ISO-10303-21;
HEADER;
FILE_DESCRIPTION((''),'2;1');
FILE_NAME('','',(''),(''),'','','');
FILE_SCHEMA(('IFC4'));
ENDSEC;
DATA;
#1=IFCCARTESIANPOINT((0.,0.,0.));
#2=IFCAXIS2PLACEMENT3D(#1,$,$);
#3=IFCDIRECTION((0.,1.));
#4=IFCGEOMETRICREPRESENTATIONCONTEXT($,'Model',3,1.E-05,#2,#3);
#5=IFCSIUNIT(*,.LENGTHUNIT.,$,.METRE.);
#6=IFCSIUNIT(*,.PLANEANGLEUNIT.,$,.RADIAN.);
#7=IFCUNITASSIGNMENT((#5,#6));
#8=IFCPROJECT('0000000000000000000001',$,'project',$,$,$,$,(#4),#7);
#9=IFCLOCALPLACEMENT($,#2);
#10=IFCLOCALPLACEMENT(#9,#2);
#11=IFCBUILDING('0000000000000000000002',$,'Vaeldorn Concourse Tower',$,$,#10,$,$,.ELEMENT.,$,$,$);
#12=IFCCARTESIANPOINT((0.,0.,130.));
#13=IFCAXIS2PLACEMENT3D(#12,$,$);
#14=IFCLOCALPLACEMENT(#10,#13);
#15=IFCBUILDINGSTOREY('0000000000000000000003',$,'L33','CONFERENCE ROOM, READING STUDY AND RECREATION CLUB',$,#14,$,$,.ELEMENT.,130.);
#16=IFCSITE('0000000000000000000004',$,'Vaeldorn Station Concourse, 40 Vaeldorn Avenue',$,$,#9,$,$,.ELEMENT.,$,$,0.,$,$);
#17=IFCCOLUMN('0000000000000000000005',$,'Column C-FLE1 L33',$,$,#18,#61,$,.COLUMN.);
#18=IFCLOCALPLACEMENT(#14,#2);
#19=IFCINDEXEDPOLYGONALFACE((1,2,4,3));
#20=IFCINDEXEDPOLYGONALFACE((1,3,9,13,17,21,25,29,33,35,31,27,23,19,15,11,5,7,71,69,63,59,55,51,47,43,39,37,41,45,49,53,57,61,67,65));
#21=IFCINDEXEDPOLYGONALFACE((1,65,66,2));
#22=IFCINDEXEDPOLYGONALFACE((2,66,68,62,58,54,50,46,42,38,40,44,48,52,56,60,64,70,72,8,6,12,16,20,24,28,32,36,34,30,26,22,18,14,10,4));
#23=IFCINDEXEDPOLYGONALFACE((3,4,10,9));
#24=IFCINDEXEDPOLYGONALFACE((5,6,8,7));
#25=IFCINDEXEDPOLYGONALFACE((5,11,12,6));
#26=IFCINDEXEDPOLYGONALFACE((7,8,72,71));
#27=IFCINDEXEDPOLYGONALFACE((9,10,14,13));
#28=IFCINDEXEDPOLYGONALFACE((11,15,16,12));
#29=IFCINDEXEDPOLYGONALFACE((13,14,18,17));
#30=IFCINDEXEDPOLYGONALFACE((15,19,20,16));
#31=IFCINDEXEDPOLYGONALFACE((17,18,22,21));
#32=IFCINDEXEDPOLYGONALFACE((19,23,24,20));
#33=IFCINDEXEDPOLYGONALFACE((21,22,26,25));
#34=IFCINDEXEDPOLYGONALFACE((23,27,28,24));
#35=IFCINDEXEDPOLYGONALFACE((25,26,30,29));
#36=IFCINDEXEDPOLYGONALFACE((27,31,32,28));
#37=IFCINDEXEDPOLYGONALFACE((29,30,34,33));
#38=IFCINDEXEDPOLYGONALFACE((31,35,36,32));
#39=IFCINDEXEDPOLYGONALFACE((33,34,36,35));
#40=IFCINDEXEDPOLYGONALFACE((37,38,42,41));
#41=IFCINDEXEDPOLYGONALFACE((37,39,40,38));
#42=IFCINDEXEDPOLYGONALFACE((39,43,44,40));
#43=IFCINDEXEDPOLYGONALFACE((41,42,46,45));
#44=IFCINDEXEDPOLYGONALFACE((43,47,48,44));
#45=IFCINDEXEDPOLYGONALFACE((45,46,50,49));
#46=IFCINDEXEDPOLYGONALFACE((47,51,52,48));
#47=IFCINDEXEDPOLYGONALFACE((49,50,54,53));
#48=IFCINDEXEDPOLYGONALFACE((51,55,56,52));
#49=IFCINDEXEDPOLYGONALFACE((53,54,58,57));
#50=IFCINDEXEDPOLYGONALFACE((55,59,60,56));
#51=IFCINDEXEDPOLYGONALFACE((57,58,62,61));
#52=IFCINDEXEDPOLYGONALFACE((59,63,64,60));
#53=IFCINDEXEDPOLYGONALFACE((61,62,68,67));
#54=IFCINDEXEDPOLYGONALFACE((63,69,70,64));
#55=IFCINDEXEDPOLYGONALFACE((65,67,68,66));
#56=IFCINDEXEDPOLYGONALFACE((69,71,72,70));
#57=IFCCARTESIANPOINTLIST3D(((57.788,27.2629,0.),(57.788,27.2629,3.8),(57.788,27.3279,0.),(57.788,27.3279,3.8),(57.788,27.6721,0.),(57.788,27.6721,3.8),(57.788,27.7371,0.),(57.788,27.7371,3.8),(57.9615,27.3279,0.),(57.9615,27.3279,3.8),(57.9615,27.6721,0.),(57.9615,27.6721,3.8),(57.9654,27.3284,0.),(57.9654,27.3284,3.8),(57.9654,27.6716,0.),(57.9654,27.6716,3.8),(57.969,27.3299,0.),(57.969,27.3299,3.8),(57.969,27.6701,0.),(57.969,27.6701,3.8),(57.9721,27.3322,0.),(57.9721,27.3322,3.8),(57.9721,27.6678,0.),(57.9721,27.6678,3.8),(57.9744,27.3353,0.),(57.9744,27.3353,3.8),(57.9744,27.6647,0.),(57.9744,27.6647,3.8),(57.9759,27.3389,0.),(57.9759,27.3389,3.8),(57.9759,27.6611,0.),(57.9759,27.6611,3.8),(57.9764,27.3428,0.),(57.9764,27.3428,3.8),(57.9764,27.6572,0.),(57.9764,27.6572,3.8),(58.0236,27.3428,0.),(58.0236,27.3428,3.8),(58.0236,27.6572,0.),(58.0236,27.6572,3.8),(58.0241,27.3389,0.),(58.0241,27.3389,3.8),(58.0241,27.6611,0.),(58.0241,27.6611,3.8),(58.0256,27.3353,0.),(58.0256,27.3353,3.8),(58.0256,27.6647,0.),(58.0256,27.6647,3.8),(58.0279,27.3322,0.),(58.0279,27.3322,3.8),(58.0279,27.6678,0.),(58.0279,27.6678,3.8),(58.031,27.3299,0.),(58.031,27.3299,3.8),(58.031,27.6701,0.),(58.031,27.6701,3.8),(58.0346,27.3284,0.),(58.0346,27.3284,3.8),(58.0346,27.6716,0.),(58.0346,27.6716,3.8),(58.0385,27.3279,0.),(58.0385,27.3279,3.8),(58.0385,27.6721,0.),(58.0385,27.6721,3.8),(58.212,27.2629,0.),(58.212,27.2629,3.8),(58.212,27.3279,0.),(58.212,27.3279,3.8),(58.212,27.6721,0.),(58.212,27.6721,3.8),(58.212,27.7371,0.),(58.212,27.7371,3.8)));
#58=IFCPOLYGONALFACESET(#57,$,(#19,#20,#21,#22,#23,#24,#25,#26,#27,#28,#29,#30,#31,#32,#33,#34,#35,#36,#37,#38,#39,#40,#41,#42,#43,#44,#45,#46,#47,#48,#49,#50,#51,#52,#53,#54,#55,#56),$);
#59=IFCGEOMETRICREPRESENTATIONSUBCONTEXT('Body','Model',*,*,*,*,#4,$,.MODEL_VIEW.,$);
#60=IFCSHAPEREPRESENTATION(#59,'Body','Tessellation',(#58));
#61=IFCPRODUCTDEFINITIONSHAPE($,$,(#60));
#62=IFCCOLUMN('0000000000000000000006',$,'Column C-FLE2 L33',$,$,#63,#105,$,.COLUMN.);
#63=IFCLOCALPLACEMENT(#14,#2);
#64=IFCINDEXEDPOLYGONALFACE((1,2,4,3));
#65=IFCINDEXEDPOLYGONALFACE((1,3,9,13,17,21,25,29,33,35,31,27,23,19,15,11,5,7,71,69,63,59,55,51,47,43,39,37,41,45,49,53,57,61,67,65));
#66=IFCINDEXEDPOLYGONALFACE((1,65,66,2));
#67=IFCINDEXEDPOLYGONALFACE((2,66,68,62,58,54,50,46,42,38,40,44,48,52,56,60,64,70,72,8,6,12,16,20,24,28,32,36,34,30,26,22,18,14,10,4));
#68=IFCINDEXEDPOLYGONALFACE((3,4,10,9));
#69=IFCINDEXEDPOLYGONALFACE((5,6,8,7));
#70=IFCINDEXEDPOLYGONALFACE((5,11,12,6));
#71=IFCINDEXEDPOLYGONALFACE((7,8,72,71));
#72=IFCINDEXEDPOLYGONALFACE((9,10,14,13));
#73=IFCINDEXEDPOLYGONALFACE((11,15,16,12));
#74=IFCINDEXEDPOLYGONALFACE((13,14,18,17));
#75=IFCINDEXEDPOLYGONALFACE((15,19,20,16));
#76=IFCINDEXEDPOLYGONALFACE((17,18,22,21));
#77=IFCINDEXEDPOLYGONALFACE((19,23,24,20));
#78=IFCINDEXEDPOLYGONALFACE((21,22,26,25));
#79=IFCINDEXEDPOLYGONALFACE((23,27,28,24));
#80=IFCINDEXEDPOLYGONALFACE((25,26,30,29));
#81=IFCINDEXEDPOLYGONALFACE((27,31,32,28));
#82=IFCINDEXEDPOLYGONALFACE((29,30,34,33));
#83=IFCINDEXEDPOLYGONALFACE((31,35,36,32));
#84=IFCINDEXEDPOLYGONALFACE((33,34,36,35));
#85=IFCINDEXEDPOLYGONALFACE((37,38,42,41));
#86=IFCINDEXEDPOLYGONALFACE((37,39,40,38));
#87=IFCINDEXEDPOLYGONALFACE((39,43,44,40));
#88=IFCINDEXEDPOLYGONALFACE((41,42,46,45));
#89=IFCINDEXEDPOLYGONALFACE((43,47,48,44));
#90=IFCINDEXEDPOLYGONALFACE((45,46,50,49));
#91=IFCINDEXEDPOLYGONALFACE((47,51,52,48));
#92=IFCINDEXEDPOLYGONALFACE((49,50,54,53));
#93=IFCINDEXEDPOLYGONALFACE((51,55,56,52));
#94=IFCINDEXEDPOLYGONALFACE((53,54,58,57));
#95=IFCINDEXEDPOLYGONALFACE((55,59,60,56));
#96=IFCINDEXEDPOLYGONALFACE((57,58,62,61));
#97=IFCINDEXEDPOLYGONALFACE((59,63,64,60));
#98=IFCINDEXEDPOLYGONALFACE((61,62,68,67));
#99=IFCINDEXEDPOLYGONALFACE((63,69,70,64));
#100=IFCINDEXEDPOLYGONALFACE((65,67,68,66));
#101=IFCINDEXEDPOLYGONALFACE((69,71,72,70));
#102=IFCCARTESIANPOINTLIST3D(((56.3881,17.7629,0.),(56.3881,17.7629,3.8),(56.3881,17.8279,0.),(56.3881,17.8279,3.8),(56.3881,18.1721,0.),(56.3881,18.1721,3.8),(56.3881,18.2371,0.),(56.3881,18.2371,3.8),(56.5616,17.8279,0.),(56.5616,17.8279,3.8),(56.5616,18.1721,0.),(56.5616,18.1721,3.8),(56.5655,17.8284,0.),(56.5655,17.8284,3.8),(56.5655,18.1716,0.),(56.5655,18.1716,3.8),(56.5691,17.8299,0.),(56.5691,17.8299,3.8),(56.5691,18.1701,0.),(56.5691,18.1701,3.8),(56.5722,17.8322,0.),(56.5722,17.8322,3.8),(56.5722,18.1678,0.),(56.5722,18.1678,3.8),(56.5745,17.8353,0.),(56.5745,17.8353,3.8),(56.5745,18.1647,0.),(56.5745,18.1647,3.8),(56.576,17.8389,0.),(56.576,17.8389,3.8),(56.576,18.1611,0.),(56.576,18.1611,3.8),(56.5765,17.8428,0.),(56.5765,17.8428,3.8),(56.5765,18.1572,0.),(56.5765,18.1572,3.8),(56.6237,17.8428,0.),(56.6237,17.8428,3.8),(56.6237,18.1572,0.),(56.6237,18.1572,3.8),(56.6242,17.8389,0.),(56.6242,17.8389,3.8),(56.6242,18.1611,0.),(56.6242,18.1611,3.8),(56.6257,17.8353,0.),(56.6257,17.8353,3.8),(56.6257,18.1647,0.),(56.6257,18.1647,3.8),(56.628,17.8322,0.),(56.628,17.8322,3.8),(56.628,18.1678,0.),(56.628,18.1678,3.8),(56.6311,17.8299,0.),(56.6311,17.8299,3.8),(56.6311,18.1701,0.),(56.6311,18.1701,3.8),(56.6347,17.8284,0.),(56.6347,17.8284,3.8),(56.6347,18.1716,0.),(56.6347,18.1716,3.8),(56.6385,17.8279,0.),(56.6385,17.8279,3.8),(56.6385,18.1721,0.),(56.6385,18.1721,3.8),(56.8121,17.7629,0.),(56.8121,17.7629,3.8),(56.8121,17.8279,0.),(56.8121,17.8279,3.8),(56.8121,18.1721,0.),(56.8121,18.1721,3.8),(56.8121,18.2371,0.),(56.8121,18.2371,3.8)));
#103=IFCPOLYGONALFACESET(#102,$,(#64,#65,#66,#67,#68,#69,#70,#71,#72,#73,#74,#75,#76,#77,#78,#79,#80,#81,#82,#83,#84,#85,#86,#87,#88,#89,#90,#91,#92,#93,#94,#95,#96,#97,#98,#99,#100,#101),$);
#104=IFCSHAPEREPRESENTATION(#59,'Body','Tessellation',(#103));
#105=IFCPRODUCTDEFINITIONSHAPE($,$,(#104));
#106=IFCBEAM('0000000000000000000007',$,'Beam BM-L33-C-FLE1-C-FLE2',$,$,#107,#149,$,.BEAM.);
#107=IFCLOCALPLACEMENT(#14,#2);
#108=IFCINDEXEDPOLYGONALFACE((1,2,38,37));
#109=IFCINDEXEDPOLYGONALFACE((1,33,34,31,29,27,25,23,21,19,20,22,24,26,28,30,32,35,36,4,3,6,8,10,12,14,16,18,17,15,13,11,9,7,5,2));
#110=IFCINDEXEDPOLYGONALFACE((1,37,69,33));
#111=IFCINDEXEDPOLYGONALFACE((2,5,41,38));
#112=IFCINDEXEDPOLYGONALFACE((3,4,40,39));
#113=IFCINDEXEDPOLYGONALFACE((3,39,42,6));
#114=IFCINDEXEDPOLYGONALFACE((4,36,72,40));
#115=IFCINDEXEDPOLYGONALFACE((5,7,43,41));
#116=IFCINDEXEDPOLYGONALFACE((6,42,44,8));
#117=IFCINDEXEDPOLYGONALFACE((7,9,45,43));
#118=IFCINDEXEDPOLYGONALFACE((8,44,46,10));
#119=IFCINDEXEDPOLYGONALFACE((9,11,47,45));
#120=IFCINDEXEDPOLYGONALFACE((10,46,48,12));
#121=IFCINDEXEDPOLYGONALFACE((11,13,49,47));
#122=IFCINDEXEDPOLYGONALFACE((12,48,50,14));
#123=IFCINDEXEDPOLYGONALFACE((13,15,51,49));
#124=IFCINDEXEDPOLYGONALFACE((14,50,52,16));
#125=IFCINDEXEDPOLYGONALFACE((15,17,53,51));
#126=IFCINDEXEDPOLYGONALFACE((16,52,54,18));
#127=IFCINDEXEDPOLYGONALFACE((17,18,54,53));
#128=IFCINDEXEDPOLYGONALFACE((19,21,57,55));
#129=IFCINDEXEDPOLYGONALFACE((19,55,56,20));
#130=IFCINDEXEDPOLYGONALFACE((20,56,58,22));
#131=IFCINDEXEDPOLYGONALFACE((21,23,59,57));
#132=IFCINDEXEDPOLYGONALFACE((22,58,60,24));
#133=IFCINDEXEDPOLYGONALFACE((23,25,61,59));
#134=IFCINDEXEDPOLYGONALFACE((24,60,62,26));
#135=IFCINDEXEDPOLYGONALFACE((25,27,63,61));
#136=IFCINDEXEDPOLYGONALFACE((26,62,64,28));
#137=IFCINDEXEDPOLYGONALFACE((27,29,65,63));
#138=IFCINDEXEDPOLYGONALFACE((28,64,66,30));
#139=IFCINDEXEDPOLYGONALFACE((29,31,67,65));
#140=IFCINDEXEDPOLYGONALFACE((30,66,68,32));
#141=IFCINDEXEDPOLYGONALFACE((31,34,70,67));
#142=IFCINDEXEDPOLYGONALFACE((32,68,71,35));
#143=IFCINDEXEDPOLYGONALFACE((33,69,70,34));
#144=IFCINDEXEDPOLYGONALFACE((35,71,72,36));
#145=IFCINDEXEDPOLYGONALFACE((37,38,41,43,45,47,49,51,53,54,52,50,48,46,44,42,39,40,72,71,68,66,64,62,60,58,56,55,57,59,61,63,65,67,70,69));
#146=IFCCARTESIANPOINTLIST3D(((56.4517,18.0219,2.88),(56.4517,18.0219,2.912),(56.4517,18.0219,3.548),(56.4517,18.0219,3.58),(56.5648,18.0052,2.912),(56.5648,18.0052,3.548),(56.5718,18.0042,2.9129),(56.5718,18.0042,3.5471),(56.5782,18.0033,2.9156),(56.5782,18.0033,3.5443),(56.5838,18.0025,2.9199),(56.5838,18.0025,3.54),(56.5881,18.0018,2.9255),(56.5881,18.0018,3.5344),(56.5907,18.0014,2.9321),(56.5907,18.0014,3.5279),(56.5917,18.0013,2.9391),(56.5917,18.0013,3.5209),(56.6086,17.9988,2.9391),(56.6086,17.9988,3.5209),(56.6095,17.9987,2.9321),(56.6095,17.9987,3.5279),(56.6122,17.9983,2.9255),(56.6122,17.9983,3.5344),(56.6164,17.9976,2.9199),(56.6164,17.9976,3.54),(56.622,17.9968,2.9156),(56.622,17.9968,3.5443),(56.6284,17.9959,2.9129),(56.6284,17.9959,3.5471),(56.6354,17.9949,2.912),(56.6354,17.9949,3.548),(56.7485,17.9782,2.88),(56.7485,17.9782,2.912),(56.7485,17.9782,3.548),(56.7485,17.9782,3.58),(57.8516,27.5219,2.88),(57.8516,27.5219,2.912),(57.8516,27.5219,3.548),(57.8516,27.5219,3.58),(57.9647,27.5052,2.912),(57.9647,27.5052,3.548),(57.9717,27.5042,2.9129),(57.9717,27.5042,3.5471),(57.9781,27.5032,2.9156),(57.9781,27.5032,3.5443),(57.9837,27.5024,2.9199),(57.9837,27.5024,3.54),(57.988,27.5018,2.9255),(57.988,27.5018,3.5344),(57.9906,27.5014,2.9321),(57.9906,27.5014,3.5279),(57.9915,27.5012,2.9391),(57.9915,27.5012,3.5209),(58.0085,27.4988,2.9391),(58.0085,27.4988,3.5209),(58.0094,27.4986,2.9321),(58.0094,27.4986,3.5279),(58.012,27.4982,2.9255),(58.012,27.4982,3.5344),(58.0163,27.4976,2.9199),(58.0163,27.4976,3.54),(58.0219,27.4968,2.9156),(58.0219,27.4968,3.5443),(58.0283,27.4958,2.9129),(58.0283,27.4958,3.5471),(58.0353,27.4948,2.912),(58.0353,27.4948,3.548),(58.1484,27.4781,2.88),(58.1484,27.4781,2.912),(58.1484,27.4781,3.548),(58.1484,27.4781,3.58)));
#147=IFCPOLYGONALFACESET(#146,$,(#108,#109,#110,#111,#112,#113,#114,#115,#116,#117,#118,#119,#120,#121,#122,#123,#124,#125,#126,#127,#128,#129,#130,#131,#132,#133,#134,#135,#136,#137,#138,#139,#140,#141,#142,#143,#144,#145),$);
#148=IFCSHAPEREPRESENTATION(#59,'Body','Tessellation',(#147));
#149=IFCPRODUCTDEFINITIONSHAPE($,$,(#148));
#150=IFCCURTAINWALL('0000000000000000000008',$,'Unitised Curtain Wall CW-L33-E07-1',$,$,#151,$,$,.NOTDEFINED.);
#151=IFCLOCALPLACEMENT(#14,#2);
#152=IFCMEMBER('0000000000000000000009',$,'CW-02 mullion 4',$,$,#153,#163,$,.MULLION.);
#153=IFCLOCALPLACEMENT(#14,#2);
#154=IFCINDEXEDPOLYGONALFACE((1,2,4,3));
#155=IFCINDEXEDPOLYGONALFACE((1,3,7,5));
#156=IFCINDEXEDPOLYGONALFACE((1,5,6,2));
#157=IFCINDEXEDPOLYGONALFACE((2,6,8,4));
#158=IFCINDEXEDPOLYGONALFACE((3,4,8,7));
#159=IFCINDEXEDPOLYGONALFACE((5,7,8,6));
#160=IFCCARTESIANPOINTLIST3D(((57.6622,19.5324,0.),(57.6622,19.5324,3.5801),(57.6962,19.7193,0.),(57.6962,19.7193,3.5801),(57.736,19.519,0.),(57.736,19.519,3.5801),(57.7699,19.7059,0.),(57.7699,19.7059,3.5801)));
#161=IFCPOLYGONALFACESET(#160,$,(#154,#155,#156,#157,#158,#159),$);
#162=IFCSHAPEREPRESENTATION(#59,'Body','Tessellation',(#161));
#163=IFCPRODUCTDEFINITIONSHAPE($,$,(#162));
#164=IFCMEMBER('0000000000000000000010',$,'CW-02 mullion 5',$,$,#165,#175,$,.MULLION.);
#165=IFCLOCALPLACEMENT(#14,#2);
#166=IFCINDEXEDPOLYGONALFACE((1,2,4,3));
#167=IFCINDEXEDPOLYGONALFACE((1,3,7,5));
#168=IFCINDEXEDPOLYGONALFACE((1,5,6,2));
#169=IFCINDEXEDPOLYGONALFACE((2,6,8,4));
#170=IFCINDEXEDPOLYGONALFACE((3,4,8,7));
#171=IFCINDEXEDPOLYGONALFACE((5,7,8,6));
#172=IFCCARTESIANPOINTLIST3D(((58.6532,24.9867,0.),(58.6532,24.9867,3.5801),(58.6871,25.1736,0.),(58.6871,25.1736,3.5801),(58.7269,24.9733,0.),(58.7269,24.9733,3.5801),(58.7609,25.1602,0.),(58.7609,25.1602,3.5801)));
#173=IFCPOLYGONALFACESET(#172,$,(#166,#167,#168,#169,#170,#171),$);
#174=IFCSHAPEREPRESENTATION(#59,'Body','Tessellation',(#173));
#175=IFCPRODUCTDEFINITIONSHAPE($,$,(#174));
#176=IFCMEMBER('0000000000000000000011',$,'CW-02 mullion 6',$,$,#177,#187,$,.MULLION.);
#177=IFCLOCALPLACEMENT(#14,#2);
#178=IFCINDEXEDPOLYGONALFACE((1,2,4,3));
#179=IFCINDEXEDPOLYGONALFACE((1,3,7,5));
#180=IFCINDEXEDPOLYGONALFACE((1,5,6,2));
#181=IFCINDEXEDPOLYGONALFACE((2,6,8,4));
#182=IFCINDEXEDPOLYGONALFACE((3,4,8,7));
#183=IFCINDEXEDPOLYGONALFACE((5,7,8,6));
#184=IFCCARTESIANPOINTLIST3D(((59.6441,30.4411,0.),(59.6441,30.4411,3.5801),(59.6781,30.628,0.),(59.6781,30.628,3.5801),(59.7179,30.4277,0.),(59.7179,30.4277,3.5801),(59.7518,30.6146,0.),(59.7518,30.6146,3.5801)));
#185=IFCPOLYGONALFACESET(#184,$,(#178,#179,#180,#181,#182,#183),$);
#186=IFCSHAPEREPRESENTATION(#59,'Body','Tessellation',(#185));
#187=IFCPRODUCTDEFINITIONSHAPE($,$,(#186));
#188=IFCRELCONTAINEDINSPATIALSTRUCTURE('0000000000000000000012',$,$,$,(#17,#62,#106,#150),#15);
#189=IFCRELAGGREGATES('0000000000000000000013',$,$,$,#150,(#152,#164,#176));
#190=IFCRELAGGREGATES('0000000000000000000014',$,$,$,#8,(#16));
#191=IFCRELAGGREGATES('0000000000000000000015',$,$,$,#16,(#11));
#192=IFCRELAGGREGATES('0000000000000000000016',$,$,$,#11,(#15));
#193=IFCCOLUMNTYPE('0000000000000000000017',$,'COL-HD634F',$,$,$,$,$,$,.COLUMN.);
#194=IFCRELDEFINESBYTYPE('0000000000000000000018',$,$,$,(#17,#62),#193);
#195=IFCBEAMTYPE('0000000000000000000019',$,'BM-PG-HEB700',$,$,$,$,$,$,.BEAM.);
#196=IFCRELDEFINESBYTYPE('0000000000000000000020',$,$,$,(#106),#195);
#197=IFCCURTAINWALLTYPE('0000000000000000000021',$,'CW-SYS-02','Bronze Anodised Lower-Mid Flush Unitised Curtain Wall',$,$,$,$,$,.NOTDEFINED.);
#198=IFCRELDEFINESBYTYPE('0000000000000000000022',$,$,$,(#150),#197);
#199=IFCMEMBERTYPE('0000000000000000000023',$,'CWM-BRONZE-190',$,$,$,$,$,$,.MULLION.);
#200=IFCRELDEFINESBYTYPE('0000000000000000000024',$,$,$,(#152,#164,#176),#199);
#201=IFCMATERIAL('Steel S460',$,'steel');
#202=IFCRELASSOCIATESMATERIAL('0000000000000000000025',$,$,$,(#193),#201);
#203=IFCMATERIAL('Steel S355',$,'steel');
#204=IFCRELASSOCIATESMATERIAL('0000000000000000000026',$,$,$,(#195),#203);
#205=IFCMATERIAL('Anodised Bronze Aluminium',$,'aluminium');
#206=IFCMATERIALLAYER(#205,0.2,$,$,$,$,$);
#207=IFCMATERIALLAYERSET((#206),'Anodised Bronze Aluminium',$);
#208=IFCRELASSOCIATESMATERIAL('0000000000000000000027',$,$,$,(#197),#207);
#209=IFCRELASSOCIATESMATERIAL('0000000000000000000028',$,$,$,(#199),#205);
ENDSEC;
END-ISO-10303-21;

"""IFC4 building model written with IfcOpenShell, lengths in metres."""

from ifc_helpers import new_model, si_unit, direction, frame, origin, origin_2d, place, context, subcontext, project, spatial, rectangle, i_section, extrude, source, transform, mapped, material, layer, layer_set, material_profile, profile_set, type_object, element, aggregate, save


model = new_model("IFC4")

# Units and contexts
model_context = context("Model", 3, precision=1e-05, world=origin(), true_north=direction((0.0, 1.0)))
body_context = subcontext(model_context, "Body", "Model", "MODEL_VIEW")
ifc_project = project(units=[si_unit("LENGTHUNIT", "METRE"), si_unit("PLANEANGLEUNIT", "RADIAN")], contexts=[model_context])

# Site, building, storey
site_placement = place(None, origin())
site = spatial("IfcSite", under=ifc_project, at=site_placement, Name="Vaeldorn Station Concourse, 40 Vaeldorn Avenue", CompositionType="ELEMENT", RefElevation=0.0)
building_placement = place(site_placement, origin())
building = spatial("IfcBuilding", under=site, at=building_placement, Name="Vaeldorn Concourse Tower", CompositionType="ELEMENT")
storey_placement = place(building_placement, frame((0.0, 0.0, 130.0)))
storey = spatial("IfcBuildingStorey", under=building, at=storey_placement, Name="L33", Description="CONFERENCE ROOM, READING STUDY AND RECREATION CLUB", CompositionType="ELEMENT", Elevation=130.0)

# Columns
ifc_material_1 = material(Name="Steel S460", Category="steel")
ifc_material_profile_1 = material_profile(ifc_material_1, i_section(OverallWidth=0.4241, OverallDepth=0.4741, WebThickness=0.0471, FlangeThickness=0.0649, FilletRadius=0.0149, at=origin_2d()), Name="HD 400x634")
ifc_profile_set_1 = profile_set([ifc_material_profile_1], Name="Steel S460")
column_type = type_object("IfcColumnType", Name="COL-HD634F", PredefinedType="COLUMN", material=ifc_profile_set_1)
shared_shape_1 = source(origin(), body_context, "Body", "SweptSolid", [
    extrude(i_section(OverallWidth=0.4241, OverallDepth=0.4741, WebThickness=0.0471, FlangeThickness=0.0649, FilletRadius=0.0149, at=origin_2d()), origin(), (0.0, 0.0, 1.0), 3.8),
])
for number, where, z_axis, x_axis, name in (
    (1, (58.0, 27.5, 0.0), (0.0, 0.0, 1.0), (1.0, 0.0, 0.0), "Column C-FLE1 L33"),
    (2, (56.6001, 18.0, 0.0), (0.0, 0.0, 1.0), (1.0, 0.0, 0.0), "Column C-FLE2 L33"),
):
    element("IfcColumn", number, at=place(storey_placement, frame(where, z_axis=z_axis, x_axis=x_axis)), inside=storey, type_object=column_type, Name=name, PredefinedType="COLUMN", context=body_context, shape_type="MappedRepresentation", body=[
        mapped(shared_shape_1, transform((0.0, 0.0, 0.0), scale=1.0)),
    ])

# Beam
ifc_material_2 = material(Name="Steel S355", Category="steel")
ifc_material_profile_2 = material_profile(ifc_material_2, i_section(OverallWidth=0.3, OverallDepth=0.7, WebThickness=0.0171, FlangeThickness=0.032, FilletRadius=0.0271, at=origin_2d()), Name="HEB 700")
ifc_profile_set_2 = profile_set([ifc_material_profile_2], Name="Steel S355")
beam_type = type_object("IfcBeamType", Name="BM-PG-HEB700", PredefinedType="BEAM", material=ifc_profile_set_2)
shared_shape_2 = source(origin(), body_context, "Body", "SweptSolid", [
    extrude(i_section(OverallWidth=0.3, OverallDepth=0.7, WebThickness=0.0171, FlangeThickness=0.032, FilletRadius=0.0271, at=origin_2d()), origin(), (0.0, 0.0, 1.0), 9.6025),
])
beam_placement = place(storey_placement, frame((58.0, 27.5, 3.23), z_axis=(-0.145784, -0.989316, 0.0), x_axis=(0.989316, -0.145784, 0.0)))
element("IfcBeam", 3, at=beam_placement, inside=storey, type_object=beam_type, Name="Beam BM-L33-C-FLE1-C-FLE2", PredefinedType="BEAM", context=body_context, shape_type="MappedRepresentation", body=[
    mapped(shared_shape_2, transform((0.0, 0.0, 0.0), scale=1.0)),
])

# Curtain wall, members
ifc_material_3 = material(Name="Anodised Bronze Aluminium", Category="aluminium")
ifc_layer_1 = layer(ifc_material_3, 0.2)
ifc_layer_set_1 = layer_set([ifc_layer_1], Name="Anodised Bronze Aluminium")
curtain_wall_type = type_object("IfcCurtainWallType", Name="CW-SYS-02", Description="Bronze Anodised Lower-Mid Flush Unitised Curtain Wall", PredefinedType="NOTDEFINED", material=ifc_layer_set_1)
curtain_wall_placement = place(storey_placement, origin())
curtain_wall = element("IfcCurtainWall", 4, at=curtain_wall_placement, inside=storey, type_object=curtain_wall_type, Name="Unitised Curtain Wall CW-L33-E07-1", PredefinedType="NOTDEFINED")
ifc_material_profile_3 = material_profile(ifc_material_3, rectangle(XDim=0.075, YDim=0.1899, at=origin_2d()), Name="CWM 75x190")
ifc_profile_set_3 = profile_set([ifc_material_profile_3], Name="Anodised Bronze Aluminium")
member_type_1 = type_object("IfcMemberType", Name="CWM-BRONZE-190", PredefinedType="MULLION", material=ifc_profile_set_3)
shared_shape_3 = source(origin(), body_context, "Body", "SweptSolid", [
    extrude(rectangle(XDim=0.075, YDim=0.1899, at=origin_2d()), origin(), (0.0, 0.0, 1.0), 3.5801),
])
member_1_placement = place(storey_placement, frame((57.7161, 19.6191, 0.0), z_axis=(0.0, 0.0, 1.0), x_axis=(-0.98389, 0.178774, 0.0)))
member_1 = element("IfcMember", 5, at=member_1_placement, type_object=member_type_1, Name="CW-02 mullion 4", PredefinedType="MULLION", context=body_context, shape_type="MappedRepresentation", body=[
    mapped(shared_shape_3, transform((0.0, 0.0, 0.0), scale=1.0)),
])
member_2_placement = place(storey_placement, frame((58.707, 25.0735, 0.0), z_axis=(0.0, 0.0, 1.0), x_axis=(-0.98389, 0.178774, 0.0)))
member_2 = element("IfcMember", 6, at=member_2_placement, type_object=member_type_1, Name="CW-02 mullion 5", PredefinedType="MULLION", context=body_context, shape_type="MappedRepresentation", body=[
    mapped(shared_shape_3, transform((0.0, 0.0, 0.0), scale=1.0)),
])
member_3_placement = place(storey_placement, frame((59.698, 30.5278, 0.0), z_axis=(0.0, 0.0, 1.0), x_axis=(-0.98389, 0.178774, 0.0)))
member_3 = element("IfcMember", 7, at=member_3_placement, type_object=member_type_1, Name="CW-02 mullion 6", PredefinedType="MULLION", context=body_context, shape_type="MappedRepresentation", body=[
    mapped(shared_shape_3, transform((0.0, 0.0, 0.0), scale=1.0)),
])
aggregate(curtain_wall, [member_1, member_2, member_3])

save(model, "model.ifc")
